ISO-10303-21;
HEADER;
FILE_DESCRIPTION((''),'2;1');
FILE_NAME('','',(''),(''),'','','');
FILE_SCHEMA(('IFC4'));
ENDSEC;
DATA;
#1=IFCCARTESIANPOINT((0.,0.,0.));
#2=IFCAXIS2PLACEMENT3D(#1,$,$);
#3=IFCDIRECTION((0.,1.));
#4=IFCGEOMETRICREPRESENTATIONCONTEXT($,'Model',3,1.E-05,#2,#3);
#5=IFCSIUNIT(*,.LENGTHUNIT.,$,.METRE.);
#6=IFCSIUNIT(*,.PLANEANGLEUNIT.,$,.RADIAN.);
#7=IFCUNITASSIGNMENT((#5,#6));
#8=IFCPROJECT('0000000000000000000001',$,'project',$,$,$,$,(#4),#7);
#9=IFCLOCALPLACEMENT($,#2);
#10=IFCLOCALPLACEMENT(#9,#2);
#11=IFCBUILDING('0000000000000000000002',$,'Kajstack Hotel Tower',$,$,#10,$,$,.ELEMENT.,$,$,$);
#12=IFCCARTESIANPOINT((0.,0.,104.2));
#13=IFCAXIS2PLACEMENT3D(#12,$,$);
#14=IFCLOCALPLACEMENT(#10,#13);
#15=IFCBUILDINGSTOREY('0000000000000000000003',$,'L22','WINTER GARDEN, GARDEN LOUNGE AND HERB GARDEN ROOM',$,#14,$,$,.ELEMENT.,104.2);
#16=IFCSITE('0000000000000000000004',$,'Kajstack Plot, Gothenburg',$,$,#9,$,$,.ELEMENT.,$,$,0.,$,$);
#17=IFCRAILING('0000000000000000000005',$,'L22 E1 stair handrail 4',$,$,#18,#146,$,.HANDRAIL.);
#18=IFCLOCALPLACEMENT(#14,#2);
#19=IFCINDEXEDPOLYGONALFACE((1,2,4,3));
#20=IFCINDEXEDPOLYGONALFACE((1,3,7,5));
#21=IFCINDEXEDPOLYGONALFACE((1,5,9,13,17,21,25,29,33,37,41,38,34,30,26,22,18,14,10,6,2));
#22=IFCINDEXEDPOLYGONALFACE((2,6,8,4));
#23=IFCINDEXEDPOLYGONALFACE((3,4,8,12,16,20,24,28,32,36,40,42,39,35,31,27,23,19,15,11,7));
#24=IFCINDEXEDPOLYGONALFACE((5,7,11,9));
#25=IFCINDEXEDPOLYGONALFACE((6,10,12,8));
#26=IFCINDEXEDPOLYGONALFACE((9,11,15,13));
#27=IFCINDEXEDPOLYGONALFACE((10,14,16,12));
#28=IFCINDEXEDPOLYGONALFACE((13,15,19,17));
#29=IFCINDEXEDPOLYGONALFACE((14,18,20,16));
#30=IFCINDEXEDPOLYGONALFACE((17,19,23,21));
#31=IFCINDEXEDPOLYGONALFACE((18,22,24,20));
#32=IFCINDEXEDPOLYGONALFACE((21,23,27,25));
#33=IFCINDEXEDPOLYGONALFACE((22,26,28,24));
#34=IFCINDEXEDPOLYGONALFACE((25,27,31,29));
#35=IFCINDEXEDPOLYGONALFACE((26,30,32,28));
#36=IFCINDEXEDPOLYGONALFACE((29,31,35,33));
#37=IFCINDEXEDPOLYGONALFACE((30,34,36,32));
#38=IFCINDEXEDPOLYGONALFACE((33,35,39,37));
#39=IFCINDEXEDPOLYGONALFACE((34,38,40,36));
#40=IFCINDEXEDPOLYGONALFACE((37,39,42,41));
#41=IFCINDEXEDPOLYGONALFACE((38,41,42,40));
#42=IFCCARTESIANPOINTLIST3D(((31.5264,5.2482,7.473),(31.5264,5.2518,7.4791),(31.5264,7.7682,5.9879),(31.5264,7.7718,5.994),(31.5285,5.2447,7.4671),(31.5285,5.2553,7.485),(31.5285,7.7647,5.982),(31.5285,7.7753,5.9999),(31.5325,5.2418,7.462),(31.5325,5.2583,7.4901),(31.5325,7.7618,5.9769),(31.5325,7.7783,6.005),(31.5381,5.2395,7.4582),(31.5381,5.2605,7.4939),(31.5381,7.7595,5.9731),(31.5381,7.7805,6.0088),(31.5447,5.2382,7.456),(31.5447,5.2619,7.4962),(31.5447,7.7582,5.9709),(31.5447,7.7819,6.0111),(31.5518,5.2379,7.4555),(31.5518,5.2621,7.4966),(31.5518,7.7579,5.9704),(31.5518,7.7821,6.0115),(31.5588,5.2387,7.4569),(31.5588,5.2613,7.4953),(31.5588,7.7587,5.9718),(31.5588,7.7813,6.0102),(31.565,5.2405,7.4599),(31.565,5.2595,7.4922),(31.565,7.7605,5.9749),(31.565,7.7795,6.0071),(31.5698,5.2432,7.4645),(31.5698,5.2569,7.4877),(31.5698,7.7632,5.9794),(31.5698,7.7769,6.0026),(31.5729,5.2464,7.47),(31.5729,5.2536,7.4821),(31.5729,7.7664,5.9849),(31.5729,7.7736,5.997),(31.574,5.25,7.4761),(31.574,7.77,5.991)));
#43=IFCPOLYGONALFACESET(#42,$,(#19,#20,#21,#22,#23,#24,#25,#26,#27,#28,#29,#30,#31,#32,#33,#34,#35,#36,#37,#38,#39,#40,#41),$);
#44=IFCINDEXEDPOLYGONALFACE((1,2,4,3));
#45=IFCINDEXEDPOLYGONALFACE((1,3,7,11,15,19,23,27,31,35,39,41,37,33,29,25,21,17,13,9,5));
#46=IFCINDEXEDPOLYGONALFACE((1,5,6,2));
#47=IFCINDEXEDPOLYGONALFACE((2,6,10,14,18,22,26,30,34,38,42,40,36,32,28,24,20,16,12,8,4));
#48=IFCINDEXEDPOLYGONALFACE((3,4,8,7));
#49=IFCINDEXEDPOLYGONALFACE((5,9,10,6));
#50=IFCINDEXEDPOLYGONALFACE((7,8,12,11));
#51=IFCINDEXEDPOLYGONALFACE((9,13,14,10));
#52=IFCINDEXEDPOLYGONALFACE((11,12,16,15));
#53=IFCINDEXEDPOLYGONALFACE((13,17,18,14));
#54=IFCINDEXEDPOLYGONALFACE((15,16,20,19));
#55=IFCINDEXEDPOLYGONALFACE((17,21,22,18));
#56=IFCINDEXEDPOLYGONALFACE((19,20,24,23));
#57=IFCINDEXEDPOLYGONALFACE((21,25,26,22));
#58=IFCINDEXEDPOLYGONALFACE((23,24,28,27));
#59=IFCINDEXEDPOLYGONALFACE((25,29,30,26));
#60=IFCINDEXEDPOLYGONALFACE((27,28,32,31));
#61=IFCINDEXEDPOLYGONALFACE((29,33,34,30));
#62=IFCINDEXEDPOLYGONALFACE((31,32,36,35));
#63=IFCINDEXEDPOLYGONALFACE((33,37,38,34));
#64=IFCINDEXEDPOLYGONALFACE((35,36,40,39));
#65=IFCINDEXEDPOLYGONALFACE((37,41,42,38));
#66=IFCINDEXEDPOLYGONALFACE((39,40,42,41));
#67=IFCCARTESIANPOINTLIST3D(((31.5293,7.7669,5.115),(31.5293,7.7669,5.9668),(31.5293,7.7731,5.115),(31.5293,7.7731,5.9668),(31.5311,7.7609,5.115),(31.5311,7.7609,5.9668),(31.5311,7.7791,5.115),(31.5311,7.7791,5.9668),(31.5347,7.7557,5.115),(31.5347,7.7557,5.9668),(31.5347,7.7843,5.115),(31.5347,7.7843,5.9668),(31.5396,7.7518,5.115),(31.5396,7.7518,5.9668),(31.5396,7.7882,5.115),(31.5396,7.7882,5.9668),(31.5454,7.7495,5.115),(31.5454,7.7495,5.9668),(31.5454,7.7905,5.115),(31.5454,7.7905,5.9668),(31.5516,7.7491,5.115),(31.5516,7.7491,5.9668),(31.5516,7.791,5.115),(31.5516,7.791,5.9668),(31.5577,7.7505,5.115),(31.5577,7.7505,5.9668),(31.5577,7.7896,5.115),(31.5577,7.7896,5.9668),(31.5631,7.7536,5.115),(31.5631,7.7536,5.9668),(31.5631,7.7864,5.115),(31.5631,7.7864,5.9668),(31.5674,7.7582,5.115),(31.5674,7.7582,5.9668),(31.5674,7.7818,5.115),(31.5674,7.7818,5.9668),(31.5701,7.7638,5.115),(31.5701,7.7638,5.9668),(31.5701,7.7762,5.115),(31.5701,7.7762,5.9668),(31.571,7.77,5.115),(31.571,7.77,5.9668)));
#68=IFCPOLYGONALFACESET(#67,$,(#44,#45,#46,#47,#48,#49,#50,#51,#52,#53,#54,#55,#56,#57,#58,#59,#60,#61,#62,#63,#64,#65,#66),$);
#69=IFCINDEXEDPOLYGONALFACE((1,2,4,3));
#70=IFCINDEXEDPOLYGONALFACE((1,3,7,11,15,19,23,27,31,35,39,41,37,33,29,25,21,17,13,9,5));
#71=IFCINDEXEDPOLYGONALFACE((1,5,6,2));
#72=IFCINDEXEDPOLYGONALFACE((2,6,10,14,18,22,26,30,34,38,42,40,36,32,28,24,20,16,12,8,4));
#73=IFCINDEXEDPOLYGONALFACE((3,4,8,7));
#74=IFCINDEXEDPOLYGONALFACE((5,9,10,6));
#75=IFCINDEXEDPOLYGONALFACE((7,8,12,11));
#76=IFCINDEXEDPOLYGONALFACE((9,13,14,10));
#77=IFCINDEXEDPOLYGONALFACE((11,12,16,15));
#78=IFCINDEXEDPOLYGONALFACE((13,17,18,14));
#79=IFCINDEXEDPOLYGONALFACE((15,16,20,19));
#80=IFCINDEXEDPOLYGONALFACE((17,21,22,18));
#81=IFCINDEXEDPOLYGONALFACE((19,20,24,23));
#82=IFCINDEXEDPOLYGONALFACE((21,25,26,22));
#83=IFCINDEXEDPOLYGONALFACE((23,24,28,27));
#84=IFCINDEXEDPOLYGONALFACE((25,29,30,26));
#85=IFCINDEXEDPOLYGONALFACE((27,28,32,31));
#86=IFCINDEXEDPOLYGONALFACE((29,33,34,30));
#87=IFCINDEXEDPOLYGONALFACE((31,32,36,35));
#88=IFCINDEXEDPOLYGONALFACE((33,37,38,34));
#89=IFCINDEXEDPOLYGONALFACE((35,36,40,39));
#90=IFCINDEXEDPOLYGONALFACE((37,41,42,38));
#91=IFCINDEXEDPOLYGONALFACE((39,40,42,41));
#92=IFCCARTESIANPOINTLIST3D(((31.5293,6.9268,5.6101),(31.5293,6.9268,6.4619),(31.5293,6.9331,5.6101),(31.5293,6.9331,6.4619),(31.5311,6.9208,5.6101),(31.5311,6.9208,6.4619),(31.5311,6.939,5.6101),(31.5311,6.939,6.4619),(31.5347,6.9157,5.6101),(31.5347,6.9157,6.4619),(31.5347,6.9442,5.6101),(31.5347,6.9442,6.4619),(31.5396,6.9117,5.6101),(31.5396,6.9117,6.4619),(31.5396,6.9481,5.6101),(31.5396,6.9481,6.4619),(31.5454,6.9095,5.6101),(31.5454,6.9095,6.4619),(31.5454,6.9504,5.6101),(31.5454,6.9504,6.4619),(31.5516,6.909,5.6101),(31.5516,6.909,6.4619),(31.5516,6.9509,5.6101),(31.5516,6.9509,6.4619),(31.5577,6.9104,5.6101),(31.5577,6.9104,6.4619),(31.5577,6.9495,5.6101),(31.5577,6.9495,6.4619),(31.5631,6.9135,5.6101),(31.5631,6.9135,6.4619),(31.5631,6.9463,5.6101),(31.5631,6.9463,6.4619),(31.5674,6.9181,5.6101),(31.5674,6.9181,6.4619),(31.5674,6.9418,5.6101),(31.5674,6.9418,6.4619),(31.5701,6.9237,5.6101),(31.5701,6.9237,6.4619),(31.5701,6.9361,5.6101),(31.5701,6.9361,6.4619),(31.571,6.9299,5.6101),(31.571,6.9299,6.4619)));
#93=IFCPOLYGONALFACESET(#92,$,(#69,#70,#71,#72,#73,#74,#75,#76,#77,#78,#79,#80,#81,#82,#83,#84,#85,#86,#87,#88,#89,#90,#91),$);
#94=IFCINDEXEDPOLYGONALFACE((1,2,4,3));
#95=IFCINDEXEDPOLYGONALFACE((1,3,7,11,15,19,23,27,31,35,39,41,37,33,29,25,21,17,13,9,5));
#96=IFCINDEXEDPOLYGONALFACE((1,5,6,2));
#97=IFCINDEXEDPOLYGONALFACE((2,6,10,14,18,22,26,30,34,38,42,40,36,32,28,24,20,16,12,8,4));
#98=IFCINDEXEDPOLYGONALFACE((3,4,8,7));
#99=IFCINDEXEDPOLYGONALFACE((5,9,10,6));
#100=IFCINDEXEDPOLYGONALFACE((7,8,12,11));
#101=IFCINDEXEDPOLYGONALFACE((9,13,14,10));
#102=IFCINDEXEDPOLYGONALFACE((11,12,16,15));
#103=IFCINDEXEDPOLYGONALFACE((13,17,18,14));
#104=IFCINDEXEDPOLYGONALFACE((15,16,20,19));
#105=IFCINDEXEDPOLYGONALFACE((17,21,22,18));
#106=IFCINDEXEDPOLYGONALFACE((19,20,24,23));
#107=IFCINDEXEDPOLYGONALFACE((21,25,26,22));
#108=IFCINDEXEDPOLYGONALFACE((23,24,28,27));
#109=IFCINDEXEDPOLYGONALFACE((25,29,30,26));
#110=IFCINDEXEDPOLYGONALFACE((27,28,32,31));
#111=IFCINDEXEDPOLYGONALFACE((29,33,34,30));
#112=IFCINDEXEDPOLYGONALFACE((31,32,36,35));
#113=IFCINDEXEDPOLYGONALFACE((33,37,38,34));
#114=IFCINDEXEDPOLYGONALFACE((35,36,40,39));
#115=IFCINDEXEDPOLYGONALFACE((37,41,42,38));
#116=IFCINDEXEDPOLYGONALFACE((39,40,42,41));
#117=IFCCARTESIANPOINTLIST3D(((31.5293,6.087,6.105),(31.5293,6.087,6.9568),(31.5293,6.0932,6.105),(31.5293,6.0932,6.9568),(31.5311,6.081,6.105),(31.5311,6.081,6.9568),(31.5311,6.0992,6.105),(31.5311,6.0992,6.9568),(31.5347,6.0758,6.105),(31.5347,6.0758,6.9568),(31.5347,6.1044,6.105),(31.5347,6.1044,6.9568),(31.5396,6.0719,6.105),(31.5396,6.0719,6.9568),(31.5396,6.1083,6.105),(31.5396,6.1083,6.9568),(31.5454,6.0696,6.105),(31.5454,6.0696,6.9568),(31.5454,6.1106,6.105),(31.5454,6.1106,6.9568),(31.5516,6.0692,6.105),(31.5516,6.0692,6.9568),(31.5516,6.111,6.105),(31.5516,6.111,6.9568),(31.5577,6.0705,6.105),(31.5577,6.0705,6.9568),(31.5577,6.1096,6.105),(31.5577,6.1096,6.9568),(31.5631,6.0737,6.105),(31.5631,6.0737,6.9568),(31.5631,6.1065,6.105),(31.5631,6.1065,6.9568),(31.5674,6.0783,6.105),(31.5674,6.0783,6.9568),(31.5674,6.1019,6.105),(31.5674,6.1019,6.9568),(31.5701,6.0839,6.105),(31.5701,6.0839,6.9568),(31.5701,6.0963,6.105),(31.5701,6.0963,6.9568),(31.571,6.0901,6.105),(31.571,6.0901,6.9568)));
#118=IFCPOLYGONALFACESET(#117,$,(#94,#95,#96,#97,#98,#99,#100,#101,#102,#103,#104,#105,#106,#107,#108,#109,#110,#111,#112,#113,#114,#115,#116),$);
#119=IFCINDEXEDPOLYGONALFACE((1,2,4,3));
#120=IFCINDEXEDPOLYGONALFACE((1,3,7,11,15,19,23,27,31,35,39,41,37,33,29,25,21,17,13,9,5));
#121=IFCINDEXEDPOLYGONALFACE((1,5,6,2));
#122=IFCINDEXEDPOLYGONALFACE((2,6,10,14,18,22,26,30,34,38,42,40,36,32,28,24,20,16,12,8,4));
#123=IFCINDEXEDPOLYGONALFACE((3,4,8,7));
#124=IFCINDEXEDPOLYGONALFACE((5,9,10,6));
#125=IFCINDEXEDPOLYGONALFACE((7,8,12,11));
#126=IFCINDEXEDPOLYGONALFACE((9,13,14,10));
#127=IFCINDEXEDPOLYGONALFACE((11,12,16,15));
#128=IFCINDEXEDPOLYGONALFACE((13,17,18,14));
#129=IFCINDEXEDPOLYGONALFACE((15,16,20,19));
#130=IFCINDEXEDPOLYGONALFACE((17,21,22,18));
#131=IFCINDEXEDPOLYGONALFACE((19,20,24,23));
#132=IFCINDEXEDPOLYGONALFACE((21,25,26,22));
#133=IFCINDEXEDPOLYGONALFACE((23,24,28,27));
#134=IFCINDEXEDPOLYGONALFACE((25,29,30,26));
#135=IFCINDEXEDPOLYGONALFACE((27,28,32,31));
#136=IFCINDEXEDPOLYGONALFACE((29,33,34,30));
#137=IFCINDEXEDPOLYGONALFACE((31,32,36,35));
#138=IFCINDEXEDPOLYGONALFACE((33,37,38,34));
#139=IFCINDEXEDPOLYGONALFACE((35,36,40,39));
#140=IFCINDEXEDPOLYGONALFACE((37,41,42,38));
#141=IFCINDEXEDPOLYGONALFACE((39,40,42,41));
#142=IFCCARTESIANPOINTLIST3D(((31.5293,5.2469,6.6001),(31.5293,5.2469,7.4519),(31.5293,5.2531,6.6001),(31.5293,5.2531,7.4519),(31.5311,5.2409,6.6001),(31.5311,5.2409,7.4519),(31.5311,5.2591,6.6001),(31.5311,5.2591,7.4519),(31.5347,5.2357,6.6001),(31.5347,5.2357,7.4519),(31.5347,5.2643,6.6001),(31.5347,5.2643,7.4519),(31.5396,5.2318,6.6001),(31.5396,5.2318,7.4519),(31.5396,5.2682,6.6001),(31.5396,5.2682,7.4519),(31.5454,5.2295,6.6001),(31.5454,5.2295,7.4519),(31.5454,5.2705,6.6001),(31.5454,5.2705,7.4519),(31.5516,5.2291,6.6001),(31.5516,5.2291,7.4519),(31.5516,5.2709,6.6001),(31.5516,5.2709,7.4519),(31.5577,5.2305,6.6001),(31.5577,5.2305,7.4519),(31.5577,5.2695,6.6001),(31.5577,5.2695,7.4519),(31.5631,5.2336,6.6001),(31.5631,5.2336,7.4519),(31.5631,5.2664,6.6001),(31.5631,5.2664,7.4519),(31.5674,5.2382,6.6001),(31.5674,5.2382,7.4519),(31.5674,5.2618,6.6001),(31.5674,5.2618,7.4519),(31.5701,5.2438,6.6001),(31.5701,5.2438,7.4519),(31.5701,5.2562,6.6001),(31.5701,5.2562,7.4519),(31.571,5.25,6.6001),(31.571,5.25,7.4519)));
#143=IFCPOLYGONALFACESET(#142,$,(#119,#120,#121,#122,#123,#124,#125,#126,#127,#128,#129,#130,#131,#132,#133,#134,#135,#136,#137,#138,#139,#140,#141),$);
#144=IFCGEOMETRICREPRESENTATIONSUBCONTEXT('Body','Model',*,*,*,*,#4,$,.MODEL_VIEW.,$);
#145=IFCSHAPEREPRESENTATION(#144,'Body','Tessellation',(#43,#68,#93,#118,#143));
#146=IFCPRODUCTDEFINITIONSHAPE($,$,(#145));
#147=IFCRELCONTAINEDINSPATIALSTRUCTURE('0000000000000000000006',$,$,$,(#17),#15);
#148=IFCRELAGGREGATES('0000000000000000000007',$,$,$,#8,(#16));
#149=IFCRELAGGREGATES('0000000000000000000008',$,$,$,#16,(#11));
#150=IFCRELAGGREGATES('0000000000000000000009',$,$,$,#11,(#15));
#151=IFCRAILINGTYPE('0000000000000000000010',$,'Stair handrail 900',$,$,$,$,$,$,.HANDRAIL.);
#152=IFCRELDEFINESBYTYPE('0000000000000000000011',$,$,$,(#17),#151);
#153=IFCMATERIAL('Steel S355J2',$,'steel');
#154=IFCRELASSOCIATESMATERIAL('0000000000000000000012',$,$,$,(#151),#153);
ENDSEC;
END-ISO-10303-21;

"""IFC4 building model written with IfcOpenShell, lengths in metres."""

from ifc_helpers import new_model, si_unit, direction, frame, origin, origin_2d, place, context, subcontext, project, spatial, circle, extrude, material, type_object, element, save


model = new_model("IFC4")

# Units and contexts
model_context = context("Model", 3, precision=1e-05, world=origin(), true_north=direction((0.0, 1.0)))
body_context = subcontext(model_context, "Body", "Model", "MODEL_VIEW")
ifc_project = project(units=[si_unit("LENGTHUNIT", "METRE"), si_unit("PLANEANGLEUNIT", "RADIAN")], contexts=[model_context])

# Site, building, storey
site_placement = place(None, origin())
site = spatial("IfcSite", under=ifc_project, at=site_placement, Name="Kajstack Plot, Gothenburg", CompositionType="ELEMENT", RefElevation=0.0)
building_placement = place(site_placement, origin())
building = spatial("IfcBuilding", under=site, at=building_placement, Name="Kajstack Hotel Tower", CompositionType="ELEMENT")
storey_placement = place(building_placement, frame((0.0, 0.0, 104.2)))
storey = spatial("IfcBuildingStorey", under=building, at=storey_placement, Name="L22", Description="WINTER GARDEN, GARDEN LOUNGE AND HERB GARDEN ROOM", CompositionType="ELEMENT", Elevation=104.2)

# Railing
ifc_material_1 = material(Name="Steel S355J2", Category="steel")
railing_type_1 = type_object("IfcRailingType", Name="Stair handrail 900", PredefinedType="HANDRAIL", material=ifc_material_1)
for number, where, name in (
    (1, (31.55, 7.77, 5.115), "L22 E1 stair handrail 4"),
):
    element("IfcRailing", number, at=place(storey_placement, frame(where)), inside=storey, type_object=railing_type_1, Name=name, PredefinedType="HANDRAIL", context=body_context, shape_type="SweptSolid", body=[
        extrude(circle(Radius=0.0239, at=origin_2d()), frame((0.0, 0.0, 0.876), z_axis=(0.0, -0.861524, 0.507717), x_axis=(1.0, 0.0, 0.0)), (0.0, 0.0, 1.0), 2.925),
        extrude(circle(Radius=0.021, at=origin_2d()), origin(), (0.0, 0.0, 1.0), 0.8518),
        extrude(circle(Radius=0.021, at=origin_2d()), frame((0.0, -0.8401, 0.4951)), (0.0, 0.0, 1.0), 0.8518),
        extrude(circle(Radius=0.021, at=origin_2d()), frame((0.0, -1.6799, 0.99)), (0.0, 0.0, 1.0), 0.8518),
        extrude(circle(Radius=0.021, at=origin_2d()), frame((0.0, -2.52, 1.4851)), (0.0, 0.0, 1.0), 0.8518),
    ])

save(model, "model.ifc")
